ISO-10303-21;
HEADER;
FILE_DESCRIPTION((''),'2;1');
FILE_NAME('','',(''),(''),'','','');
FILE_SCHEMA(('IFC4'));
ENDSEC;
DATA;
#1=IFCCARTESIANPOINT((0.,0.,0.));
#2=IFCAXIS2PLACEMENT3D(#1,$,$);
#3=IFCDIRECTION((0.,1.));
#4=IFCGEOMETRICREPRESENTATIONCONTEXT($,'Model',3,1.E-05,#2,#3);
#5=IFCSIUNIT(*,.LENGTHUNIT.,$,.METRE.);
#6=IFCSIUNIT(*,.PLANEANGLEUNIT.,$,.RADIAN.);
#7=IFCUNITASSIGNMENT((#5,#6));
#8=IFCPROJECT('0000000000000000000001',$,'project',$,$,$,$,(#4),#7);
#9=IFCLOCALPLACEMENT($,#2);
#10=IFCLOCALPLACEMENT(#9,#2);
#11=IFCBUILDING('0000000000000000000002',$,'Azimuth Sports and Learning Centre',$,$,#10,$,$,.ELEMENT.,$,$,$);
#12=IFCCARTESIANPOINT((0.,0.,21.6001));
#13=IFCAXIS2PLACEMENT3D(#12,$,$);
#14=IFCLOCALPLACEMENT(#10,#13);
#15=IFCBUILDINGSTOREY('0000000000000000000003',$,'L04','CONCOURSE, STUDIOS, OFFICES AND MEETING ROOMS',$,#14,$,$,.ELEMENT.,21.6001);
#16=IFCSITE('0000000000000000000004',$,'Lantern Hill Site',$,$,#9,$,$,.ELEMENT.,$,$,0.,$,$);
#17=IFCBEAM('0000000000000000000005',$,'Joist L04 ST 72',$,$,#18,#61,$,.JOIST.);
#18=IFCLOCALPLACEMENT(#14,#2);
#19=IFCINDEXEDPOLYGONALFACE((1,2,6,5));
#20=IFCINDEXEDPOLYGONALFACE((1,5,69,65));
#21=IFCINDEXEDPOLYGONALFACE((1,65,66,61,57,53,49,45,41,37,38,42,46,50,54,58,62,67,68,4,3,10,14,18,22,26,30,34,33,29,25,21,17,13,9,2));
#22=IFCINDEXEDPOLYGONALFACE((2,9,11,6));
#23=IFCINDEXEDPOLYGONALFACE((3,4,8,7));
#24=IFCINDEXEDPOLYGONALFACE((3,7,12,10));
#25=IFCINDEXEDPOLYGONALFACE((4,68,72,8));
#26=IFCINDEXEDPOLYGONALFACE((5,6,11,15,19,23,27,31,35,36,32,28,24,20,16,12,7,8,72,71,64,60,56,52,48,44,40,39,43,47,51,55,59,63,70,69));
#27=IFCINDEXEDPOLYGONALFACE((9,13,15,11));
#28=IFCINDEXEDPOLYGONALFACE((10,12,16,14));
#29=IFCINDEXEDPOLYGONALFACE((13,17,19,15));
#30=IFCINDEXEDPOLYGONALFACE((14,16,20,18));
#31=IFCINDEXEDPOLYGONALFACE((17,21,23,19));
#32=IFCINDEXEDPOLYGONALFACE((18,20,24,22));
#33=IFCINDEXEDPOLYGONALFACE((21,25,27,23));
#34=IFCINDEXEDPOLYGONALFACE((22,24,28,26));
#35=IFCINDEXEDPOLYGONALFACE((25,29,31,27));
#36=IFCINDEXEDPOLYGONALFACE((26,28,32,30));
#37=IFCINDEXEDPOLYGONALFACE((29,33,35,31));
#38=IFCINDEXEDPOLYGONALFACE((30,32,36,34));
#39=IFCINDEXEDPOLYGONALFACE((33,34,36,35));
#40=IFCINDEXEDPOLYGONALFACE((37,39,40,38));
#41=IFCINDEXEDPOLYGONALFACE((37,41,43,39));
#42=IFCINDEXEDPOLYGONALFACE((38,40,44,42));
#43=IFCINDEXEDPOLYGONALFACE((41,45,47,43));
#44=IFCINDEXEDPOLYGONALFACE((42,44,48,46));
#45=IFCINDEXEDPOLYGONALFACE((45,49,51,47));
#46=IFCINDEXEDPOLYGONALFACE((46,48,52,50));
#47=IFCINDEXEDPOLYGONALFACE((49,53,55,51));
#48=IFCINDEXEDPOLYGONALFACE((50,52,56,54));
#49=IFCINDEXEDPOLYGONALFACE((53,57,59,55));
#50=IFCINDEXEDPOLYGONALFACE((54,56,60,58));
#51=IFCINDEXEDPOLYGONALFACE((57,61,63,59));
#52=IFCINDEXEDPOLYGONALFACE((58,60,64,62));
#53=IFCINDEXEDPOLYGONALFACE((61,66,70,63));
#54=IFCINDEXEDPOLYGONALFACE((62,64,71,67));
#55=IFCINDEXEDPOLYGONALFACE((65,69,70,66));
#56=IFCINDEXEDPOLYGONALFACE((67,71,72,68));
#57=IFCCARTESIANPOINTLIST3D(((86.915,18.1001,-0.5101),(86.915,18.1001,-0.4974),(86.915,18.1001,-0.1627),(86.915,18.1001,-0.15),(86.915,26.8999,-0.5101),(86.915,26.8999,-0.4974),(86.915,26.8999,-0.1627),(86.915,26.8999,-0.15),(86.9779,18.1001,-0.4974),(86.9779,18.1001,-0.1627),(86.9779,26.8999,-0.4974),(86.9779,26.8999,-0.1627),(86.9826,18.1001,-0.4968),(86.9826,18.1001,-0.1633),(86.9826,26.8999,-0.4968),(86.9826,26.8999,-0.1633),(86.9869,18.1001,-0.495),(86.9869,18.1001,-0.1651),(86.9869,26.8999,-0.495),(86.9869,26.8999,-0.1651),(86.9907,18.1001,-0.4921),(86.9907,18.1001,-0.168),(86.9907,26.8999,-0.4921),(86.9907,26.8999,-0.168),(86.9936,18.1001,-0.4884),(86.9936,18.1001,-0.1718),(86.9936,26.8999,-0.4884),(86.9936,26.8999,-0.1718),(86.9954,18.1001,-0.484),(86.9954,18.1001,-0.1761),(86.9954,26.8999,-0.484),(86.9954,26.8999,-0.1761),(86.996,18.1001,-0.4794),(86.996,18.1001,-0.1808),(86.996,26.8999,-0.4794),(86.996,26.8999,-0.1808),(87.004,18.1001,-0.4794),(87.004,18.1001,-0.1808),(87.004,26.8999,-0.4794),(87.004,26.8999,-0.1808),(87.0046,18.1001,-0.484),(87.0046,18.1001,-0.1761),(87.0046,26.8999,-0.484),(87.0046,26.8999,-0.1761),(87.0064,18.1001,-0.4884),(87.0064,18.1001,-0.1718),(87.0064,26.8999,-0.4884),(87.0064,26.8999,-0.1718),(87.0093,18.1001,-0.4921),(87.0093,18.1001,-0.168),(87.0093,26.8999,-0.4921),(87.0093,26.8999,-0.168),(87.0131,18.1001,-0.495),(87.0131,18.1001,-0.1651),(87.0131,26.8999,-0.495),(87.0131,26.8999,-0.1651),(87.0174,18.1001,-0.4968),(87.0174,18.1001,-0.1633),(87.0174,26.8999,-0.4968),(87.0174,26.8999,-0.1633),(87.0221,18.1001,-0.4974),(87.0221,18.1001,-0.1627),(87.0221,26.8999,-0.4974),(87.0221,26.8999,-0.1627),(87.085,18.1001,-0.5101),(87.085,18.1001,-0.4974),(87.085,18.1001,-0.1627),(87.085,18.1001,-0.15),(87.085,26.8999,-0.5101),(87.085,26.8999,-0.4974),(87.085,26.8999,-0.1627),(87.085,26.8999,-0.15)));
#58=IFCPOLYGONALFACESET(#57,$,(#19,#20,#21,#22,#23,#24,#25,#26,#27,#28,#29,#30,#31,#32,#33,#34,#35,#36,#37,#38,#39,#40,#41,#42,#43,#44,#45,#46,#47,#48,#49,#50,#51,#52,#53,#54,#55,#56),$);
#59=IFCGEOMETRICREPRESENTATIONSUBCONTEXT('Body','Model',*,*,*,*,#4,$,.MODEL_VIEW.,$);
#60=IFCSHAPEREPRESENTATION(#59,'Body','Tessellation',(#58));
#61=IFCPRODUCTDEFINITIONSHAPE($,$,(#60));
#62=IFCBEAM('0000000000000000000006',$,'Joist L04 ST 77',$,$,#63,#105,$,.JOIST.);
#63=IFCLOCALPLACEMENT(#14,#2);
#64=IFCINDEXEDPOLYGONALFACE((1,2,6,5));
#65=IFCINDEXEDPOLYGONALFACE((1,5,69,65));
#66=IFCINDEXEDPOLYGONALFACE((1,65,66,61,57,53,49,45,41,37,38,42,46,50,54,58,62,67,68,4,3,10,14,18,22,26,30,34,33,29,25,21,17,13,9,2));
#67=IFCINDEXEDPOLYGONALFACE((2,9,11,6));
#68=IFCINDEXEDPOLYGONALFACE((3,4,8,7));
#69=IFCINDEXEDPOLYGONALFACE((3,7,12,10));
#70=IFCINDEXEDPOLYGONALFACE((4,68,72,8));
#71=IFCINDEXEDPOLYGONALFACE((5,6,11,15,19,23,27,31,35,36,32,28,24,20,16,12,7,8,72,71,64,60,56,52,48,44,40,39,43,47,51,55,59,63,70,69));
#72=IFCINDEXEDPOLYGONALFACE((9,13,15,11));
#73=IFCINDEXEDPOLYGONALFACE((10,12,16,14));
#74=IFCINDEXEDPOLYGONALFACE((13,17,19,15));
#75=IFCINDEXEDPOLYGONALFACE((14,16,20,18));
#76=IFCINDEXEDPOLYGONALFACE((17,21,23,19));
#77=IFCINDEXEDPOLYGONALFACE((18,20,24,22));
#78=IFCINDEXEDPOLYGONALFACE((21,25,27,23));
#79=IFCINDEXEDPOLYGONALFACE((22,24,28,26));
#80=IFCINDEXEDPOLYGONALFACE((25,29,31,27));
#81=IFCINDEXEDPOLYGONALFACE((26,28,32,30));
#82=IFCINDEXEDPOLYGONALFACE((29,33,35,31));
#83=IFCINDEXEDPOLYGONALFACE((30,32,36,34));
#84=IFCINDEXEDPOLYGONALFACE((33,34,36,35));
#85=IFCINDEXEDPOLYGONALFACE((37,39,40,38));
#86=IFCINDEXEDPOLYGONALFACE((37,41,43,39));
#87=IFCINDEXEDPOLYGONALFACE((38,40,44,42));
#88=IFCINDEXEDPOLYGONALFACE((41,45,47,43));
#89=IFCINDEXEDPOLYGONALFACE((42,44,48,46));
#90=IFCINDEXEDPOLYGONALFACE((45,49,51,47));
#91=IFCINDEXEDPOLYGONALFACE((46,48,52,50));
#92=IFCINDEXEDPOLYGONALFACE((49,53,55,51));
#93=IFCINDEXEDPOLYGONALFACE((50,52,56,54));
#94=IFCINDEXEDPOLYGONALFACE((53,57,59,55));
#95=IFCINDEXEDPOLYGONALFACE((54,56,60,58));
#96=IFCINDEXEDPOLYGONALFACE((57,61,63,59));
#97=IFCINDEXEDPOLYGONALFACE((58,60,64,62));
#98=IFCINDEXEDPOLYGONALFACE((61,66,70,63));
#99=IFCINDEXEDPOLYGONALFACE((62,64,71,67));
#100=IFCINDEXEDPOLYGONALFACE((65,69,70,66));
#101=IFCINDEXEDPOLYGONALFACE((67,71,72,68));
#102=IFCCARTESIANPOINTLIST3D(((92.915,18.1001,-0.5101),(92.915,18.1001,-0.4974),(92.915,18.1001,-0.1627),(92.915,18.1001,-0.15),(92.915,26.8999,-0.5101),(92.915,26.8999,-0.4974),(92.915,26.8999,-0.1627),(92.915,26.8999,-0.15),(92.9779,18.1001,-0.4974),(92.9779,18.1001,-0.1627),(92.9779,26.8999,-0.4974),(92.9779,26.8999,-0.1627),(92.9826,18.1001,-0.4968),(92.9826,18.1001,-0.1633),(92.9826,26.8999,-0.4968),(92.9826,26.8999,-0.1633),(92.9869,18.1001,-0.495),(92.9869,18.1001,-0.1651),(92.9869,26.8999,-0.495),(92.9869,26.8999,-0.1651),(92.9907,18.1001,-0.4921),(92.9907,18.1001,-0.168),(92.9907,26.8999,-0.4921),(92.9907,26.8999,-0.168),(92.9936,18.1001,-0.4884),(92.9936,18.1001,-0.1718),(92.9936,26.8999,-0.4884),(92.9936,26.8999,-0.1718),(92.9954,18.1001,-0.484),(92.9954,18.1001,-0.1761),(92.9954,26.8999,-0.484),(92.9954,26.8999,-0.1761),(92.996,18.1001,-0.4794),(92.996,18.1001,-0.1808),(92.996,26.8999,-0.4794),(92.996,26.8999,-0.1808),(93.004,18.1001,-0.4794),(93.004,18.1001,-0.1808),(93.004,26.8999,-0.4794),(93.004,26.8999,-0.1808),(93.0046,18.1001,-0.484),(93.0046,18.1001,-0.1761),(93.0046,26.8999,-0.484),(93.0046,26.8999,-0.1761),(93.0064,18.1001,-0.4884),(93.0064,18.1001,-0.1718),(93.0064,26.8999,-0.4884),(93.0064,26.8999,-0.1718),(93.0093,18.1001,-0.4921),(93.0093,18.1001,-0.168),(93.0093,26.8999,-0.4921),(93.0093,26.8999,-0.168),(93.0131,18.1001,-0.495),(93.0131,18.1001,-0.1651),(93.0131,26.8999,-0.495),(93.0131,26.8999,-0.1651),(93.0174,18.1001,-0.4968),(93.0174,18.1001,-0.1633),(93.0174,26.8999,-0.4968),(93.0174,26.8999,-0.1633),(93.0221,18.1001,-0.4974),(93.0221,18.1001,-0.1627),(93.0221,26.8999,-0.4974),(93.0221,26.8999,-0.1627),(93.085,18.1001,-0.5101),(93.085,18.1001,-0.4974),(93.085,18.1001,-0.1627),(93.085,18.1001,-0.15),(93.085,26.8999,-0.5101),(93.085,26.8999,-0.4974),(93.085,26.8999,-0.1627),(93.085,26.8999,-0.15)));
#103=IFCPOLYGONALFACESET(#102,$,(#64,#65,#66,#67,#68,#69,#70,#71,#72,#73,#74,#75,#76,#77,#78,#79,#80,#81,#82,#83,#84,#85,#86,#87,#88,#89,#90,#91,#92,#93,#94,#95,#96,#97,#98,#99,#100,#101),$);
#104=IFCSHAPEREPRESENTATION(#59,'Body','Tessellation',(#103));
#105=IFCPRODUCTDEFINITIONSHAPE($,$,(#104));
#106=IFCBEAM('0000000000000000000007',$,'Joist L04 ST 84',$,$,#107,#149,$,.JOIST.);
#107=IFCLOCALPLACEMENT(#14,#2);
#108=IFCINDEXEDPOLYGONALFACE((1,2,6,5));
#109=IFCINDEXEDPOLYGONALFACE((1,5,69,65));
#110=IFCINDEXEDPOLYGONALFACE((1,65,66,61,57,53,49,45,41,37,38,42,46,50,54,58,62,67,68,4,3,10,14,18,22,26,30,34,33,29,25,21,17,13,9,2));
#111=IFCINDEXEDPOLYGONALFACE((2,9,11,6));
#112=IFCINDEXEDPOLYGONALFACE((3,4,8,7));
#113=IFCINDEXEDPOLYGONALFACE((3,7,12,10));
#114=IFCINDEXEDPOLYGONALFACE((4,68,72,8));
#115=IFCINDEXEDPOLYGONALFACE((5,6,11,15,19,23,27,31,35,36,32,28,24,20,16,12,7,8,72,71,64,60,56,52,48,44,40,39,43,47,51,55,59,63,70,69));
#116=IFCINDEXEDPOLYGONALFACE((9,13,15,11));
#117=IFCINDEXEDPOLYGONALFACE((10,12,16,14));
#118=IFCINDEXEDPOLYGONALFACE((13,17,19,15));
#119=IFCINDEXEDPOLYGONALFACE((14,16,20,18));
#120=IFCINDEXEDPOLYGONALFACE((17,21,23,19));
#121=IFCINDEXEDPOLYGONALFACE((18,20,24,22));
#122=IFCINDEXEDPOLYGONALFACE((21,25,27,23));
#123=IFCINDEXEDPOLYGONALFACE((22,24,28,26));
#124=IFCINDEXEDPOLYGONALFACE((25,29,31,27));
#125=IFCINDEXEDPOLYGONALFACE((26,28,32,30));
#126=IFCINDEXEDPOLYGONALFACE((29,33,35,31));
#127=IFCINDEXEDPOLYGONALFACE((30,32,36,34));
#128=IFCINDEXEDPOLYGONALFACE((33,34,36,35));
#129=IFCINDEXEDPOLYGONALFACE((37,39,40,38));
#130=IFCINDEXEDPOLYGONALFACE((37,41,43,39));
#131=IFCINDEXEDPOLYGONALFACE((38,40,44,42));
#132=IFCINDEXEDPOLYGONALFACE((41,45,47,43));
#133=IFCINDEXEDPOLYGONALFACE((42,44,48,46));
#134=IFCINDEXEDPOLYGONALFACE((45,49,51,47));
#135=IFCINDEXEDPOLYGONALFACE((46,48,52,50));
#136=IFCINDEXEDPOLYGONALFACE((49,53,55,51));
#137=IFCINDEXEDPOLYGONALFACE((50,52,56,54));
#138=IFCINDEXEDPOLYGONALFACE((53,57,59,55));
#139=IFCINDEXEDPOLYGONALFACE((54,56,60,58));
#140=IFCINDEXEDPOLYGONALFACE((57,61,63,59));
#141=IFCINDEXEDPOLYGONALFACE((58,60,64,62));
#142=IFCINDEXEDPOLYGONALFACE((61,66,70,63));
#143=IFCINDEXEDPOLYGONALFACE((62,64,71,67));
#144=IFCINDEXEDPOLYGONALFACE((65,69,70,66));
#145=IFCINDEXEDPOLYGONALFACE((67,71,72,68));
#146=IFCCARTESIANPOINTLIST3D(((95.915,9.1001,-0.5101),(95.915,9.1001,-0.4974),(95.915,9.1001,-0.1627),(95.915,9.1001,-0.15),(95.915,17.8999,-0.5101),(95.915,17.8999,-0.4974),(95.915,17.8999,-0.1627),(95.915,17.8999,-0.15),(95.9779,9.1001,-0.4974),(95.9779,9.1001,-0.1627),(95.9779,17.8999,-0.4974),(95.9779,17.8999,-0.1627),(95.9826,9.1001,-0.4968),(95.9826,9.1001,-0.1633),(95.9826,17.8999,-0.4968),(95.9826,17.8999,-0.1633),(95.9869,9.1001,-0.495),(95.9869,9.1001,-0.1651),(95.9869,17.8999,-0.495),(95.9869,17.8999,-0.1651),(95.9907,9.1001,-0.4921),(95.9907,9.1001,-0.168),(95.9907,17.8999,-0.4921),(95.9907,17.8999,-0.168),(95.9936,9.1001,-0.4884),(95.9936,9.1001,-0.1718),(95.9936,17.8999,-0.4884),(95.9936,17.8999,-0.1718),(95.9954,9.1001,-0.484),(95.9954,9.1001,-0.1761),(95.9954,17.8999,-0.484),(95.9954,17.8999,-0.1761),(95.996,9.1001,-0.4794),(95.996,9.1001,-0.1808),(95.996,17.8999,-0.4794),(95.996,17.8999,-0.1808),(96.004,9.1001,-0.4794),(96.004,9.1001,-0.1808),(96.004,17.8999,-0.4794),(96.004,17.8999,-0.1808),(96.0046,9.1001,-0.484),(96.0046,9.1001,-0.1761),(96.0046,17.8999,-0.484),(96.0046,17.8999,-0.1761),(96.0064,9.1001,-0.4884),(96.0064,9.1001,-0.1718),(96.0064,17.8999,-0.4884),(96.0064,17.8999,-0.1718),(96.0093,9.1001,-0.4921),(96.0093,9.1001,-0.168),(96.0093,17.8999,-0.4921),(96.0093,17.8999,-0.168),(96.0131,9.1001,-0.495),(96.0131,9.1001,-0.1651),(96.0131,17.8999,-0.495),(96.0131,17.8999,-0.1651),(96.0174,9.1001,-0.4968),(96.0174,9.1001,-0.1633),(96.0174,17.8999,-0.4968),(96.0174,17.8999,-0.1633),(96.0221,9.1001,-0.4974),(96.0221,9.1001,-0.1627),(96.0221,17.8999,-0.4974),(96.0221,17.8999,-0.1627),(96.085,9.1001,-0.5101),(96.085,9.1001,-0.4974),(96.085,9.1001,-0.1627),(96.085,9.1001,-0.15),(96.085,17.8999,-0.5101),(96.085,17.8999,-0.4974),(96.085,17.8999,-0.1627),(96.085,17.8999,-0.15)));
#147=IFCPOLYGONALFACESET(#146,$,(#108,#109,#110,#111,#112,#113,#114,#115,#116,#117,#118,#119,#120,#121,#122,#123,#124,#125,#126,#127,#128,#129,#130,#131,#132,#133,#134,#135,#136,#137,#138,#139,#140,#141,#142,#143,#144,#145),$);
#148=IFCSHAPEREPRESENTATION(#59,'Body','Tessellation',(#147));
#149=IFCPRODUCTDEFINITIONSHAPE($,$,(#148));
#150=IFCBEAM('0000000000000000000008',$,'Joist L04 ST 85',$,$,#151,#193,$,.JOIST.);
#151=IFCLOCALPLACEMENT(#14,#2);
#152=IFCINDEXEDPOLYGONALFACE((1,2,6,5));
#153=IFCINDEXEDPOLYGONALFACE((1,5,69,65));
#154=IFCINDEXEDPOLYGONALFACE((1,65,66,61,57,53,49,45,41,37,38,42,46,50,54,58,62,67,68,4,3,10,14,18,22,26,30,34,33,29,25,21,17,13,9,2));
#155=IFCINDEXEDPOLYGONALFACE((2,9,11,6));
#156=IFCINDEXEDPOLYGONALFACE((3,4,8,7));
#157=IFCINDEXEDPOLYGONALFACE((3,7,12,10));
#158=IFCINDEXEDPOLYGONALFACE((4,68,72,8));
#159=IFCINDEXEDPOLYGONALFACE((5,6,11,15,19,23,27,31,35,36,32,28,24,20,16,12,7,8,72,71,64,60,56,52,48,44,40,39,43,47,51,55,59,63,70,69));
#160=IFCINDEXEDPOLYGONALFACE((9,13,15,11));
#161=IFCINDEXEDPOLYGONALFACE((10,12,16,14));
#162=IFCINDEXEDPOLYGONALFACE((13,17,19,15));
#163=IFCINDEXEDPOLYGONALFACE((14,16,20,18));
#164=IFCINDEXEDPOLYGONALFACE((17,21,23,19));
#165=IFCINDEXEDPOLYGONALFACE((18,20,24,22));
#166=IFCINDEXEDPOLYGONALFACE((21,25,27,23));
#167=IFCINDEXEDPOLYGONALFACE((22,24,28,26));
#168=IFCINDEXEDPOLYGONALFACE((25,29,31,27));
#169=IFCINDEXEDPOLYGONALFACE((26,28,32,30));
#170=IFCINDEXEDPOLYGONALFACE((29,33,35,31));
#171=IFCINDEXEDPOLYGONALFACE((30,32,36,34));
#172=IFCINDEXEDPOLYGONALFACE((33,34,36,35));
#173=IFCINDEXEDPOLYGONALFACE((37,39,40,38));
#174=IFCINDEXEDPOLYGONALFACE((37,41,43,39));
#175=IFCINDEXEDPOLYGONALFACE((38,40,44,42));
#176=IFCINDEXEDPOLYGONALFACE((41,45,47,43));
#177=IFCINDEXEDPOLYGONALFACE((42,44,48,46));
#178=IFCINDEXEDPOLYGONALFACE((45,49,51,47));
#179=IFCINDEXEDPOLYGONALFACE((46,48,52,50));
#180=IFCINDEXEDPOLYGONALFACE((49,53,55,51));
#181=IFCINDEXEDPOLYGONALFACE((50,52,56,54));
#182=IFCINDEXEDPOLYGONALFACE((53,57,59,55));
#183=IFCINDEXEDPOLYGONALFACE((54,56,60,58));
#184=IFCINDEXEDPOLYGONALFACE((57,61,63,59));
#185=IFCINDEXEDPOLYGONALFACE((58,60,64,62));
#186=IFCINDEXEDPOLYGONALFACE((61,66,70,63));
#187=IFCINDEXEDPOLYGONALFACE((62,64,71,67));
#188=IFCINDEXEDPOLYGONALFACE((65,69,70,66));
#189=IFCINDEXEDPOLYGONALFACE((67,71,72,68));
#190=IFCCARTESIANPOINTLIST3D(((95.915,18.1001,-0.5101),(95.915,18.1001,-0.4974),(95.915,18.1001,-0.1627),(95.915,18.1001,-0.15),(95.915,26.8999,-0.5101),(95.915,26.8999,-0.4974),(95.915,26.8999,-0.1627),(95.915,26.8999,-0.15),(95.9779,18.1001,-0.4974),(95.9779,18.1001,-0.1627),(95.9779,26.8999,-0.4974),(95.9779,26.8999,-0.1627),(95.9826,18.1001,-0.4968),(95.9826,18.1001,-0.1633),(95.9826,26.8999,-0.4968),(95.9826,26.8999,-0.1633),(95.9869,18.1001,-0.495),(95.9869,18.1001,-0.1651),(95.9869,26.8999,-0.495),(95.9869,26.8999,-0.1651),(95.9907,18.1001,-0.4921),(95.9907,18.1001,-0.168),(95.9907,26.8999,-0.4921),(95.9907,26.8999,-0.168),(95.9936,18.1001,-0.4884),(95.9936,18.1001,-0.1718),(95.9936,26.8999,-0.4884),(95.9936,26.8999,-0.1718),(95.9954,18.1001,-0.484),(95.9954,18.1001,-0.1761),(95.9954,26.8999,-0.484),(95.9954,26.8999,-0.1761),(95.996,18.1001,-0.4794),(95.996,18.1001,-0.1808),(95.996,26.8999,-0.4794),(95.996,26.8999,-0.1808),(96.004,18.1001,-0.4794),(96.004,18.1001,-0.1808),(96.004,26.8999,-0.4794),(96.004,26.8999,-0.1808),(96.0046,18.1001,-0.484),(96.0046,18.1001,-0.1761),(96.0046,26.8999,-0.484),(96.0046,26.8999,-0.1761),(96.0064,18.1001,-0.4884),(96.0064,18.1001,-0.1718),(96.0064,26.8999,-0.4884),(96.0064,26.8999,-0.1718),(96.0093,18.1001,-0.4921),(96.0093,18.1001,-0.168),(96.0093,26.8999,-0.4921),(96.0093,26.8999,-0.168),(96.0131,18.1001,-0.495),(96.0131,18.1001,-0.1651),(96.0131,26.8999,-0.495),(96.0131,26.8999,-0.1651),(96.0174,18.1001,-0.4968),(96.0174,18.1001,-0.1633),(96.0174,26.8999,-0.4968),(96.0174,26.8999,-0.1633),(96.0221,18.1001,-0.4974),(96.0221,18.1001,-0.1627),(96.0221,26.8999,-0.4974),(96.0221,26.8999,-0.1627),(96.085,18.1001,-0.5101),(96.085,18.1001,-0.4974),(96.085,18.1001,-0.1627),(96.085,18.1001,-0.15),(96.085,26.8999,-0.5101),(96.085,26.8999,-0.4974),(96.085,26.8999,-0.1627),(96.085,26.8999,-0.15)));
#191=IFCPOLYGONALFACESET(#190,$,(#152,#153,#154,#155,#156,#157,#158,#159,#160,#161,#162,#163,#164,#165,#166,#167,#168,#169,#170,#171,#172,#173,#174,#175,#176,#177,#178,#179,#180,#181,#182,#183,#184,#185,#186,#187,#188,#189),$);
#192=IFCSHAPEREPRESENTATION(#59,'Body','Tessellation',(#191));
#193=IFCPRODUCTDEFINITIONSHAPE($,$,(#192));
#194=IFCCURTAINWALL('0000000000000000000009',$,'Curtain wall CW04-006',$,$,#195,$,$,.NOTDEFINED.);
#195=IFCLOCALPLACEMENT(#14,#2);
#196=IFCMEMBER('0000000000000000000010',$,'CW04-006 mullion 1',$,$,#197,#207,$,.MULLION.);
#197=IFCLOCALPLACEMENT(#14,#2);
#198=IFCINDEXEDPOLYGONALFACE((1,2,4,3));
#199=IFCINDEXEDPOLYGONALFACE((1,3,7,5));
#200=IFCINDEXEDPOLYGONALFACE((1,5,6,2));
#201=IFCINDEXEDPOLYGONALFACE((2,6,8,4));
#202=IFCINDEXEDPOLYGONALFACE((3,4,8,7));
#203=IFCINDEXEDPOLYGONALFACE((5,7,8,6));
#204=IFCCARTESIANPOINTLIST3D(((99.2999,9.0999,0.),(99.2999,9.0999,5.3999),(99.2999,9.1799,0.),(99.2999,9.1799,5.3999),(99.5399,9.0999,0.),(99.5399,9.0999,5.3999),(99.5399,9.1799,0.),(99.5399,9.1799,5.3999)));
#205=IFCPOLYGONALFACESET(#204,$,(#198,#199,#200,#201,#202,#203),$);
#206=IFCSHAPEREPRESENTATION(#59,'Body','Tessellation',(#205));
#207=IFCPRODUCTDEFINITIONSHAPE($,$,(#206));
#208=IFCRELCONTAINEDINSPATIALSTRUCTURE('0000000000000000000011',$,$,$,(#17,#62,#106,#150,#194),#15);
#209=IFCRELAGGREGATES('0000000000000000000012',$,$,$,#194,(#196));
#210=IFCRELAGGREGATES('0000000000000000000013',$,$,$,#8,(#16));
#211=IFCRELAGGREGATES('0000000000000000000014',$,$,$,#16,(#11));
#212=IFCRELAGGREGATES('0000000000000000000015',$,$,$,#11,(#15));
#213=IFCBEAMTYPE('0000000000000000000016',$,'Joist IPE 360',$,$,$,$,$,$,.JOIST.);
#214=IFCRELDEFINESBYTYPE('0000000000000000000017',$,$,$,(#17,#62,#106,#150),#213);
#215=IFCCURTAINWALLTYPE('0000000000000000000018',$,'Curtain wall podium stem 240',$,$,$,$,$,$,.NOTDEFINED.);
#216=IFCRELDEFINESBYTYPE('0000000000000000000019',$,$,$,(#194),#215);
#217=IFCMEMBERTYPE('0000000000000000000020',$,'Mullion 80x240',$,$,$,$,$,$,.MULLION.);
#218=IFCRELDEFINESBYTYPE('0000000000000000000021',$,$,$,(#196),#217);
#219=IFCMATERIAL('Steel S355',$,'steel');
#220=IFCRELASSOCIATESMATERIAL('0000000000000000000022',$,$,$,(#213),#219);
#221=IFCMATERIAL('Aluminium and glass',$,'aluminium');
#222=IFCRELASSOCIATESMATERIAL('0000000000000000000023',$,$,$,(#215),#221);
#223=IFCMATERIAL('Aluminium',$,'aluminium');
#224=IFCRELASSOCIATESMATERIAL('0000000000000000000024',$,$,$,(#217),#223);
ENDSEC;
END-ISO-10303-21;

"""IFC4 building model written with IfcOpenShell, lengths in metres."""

from ifc_helpers import new_model, si_unit, direction, frame, origin, origin_2d, place, context, subcontext, project, spatial, rectangle, i_section, extrude, material, material_profile, profile_set, type_object, element, aggregate, save


model = new_model("IFC4")

# Units and contexts
model_context = context("Model", 3, precision=1e-05, world=origin(), true_north=direction((0.0, 1.0)))
body_context = subcontext(model_context, "Body", "Model", "MODEL_VIEW")
ifc_project = project(units=[si_unit("LENGTHUNIT", "METRE"), si_unit("PLANEANGLEUNIT", "RADIAN")], contexts=[model_context])

# Site, building, storey
site_placement = place(None, origin())
site = spatial("IfcSite", under=ifc_project, at=site_placement, Name="Lantern Hill Site", CompositionType="ELEMENT", RefElevation=0.0)
building_placement = place(site_placement, origin())
building = spatial("IfcBuilding", under=site, at=building_placement, Name="Azimuth Sports and Learning Centre", CompositionType="ELEMENT")
storey_placement = place(building_placement, frame((0.0, 0.0, 21.6001)))
storey = spatial("IfcBuildingStorey", under=building, at=storey_placement, Name="L04", Description="CONCOURSE, STUDIOS, OFFICES AND MEETING ROOMS", CompositionType="ELEMENT", Elevation=21.6001)

# Beams
ifc_material_1 = material(Name="Steel S355", Category="steel")
ifc_material_profile_1 = material_profile(ifc_material_1, i_section(OverallWidth=0.1699, OverallDepth=0.3601, WebThickness=0.0081, FlangeThickness=0.0127, FilletRadius=0.0181, at=origin_2d()), Name="IPE 360")
ifc_profile_set_1 = profile_set([ifc_material_profile_1], Name="Steel S355")
beam_type_1 = type_object("IfcBeamType", Name="Joist IPE 360", PredefinedType="JOIST", material=ifc_profile_set_1)
for number, where, z_axis, x_axis, name in (
    (1, (87.0, 18.1001, -0.3301), (0.0, 1.0, 0.0), (-1.0, 0.0, 0.0), "Joist L04 ST 72"),
    (2, (93.0, 18.1001, -0.3301), (0.0, 1.0, 0.0), (-1.0, 0.0, 0.0), "Joist L04 ST 77"),
    (3, (96.0, 9.1001, -0.3301), (0.0, 1.0, 0.0), (-1.0, 0.0, 0.0), "Joist L04 ST 84"),
    (4, (96.0, 18.1001, -0.3301), (0.0, 1.0, 0.0), (-1.0, 0.0, 0.0), "Joist L04 ST 85"),
):
    element("IfcBeam", number, at=place(storey_placement, frame(where, z_axis=z_axis, x_axis=x_axis)), inside=storey, type_object=beam_type_1, Name=name, PredefinedType="JOIST", context=body_context, shape_type="SweptSolid", body=[
        extrude(i_section(OverallWidth=0.1699, OverallDepth=0.3601, WebThickness=0.0081, FlangeThickness=0.0127, FilletRadius=0.0181, at=origin_2d()), origin(), (0.0, 0.0, 1.0), 8.7998),
    ])

# Curtain wall, member
ifc_material_2 = material(Name="Aluminium and glass", Category="aluminium")
curtain_wall_type = type_object("IfcCurtainWallType", Name="Curtain wall podium stem 240", PredefinedType="NOTDEFINED", material=ifc_material_2)
curtain_wall_placement = place(storey_placement, origin())
curtain_wall = element("IfcCurtainWall", 5, at=curtain_wall_placement, inside=storey, type_object=curtain_wall_type, Name="Curtain wall CW04-006", PredefinedType="NOTDEFINED")
ifc_material_3 = material(Name="Aluminium", Category="aluminium")
ifc_material_profile_2 = material_profile(ifc_material_3, rectangle(XDim=0.24, YDim=0.0801, at=origin_2d()), Name="Mullion 80x240")
ifc_profile_set_2 = profile_set([ifc_material_profile_2], Name="Aluminium")
member_type_1 = type_object("IfcMemberType", Name="Mullion 80x240", PredefinedType="MULLION", material=ifc_profile_set_2)
member_1_placement = place(storey_placement, frame((99.4199, 9.1399, 0.0), z_axis=(0.0, 0.0, 1.0), x_axis=(-1.0, 0.0, 0.0)))
member_1 = element("IfcMember", 6, at=member_1_placement, type_object=member_type_1, Name="CW04-006 mullion 1", PredefinedType="MULLION", context=body_context, shape_type="SweptSolid", body=[
    extrude(rectangle(XDim=0.24, YDim=0.0801, at=origin_2d()), origin(), (0.0, 0.0, 1.0), 5.3999),
])
aggregate(curtain_wall, [member_1])

save(model, "model.ifc")
